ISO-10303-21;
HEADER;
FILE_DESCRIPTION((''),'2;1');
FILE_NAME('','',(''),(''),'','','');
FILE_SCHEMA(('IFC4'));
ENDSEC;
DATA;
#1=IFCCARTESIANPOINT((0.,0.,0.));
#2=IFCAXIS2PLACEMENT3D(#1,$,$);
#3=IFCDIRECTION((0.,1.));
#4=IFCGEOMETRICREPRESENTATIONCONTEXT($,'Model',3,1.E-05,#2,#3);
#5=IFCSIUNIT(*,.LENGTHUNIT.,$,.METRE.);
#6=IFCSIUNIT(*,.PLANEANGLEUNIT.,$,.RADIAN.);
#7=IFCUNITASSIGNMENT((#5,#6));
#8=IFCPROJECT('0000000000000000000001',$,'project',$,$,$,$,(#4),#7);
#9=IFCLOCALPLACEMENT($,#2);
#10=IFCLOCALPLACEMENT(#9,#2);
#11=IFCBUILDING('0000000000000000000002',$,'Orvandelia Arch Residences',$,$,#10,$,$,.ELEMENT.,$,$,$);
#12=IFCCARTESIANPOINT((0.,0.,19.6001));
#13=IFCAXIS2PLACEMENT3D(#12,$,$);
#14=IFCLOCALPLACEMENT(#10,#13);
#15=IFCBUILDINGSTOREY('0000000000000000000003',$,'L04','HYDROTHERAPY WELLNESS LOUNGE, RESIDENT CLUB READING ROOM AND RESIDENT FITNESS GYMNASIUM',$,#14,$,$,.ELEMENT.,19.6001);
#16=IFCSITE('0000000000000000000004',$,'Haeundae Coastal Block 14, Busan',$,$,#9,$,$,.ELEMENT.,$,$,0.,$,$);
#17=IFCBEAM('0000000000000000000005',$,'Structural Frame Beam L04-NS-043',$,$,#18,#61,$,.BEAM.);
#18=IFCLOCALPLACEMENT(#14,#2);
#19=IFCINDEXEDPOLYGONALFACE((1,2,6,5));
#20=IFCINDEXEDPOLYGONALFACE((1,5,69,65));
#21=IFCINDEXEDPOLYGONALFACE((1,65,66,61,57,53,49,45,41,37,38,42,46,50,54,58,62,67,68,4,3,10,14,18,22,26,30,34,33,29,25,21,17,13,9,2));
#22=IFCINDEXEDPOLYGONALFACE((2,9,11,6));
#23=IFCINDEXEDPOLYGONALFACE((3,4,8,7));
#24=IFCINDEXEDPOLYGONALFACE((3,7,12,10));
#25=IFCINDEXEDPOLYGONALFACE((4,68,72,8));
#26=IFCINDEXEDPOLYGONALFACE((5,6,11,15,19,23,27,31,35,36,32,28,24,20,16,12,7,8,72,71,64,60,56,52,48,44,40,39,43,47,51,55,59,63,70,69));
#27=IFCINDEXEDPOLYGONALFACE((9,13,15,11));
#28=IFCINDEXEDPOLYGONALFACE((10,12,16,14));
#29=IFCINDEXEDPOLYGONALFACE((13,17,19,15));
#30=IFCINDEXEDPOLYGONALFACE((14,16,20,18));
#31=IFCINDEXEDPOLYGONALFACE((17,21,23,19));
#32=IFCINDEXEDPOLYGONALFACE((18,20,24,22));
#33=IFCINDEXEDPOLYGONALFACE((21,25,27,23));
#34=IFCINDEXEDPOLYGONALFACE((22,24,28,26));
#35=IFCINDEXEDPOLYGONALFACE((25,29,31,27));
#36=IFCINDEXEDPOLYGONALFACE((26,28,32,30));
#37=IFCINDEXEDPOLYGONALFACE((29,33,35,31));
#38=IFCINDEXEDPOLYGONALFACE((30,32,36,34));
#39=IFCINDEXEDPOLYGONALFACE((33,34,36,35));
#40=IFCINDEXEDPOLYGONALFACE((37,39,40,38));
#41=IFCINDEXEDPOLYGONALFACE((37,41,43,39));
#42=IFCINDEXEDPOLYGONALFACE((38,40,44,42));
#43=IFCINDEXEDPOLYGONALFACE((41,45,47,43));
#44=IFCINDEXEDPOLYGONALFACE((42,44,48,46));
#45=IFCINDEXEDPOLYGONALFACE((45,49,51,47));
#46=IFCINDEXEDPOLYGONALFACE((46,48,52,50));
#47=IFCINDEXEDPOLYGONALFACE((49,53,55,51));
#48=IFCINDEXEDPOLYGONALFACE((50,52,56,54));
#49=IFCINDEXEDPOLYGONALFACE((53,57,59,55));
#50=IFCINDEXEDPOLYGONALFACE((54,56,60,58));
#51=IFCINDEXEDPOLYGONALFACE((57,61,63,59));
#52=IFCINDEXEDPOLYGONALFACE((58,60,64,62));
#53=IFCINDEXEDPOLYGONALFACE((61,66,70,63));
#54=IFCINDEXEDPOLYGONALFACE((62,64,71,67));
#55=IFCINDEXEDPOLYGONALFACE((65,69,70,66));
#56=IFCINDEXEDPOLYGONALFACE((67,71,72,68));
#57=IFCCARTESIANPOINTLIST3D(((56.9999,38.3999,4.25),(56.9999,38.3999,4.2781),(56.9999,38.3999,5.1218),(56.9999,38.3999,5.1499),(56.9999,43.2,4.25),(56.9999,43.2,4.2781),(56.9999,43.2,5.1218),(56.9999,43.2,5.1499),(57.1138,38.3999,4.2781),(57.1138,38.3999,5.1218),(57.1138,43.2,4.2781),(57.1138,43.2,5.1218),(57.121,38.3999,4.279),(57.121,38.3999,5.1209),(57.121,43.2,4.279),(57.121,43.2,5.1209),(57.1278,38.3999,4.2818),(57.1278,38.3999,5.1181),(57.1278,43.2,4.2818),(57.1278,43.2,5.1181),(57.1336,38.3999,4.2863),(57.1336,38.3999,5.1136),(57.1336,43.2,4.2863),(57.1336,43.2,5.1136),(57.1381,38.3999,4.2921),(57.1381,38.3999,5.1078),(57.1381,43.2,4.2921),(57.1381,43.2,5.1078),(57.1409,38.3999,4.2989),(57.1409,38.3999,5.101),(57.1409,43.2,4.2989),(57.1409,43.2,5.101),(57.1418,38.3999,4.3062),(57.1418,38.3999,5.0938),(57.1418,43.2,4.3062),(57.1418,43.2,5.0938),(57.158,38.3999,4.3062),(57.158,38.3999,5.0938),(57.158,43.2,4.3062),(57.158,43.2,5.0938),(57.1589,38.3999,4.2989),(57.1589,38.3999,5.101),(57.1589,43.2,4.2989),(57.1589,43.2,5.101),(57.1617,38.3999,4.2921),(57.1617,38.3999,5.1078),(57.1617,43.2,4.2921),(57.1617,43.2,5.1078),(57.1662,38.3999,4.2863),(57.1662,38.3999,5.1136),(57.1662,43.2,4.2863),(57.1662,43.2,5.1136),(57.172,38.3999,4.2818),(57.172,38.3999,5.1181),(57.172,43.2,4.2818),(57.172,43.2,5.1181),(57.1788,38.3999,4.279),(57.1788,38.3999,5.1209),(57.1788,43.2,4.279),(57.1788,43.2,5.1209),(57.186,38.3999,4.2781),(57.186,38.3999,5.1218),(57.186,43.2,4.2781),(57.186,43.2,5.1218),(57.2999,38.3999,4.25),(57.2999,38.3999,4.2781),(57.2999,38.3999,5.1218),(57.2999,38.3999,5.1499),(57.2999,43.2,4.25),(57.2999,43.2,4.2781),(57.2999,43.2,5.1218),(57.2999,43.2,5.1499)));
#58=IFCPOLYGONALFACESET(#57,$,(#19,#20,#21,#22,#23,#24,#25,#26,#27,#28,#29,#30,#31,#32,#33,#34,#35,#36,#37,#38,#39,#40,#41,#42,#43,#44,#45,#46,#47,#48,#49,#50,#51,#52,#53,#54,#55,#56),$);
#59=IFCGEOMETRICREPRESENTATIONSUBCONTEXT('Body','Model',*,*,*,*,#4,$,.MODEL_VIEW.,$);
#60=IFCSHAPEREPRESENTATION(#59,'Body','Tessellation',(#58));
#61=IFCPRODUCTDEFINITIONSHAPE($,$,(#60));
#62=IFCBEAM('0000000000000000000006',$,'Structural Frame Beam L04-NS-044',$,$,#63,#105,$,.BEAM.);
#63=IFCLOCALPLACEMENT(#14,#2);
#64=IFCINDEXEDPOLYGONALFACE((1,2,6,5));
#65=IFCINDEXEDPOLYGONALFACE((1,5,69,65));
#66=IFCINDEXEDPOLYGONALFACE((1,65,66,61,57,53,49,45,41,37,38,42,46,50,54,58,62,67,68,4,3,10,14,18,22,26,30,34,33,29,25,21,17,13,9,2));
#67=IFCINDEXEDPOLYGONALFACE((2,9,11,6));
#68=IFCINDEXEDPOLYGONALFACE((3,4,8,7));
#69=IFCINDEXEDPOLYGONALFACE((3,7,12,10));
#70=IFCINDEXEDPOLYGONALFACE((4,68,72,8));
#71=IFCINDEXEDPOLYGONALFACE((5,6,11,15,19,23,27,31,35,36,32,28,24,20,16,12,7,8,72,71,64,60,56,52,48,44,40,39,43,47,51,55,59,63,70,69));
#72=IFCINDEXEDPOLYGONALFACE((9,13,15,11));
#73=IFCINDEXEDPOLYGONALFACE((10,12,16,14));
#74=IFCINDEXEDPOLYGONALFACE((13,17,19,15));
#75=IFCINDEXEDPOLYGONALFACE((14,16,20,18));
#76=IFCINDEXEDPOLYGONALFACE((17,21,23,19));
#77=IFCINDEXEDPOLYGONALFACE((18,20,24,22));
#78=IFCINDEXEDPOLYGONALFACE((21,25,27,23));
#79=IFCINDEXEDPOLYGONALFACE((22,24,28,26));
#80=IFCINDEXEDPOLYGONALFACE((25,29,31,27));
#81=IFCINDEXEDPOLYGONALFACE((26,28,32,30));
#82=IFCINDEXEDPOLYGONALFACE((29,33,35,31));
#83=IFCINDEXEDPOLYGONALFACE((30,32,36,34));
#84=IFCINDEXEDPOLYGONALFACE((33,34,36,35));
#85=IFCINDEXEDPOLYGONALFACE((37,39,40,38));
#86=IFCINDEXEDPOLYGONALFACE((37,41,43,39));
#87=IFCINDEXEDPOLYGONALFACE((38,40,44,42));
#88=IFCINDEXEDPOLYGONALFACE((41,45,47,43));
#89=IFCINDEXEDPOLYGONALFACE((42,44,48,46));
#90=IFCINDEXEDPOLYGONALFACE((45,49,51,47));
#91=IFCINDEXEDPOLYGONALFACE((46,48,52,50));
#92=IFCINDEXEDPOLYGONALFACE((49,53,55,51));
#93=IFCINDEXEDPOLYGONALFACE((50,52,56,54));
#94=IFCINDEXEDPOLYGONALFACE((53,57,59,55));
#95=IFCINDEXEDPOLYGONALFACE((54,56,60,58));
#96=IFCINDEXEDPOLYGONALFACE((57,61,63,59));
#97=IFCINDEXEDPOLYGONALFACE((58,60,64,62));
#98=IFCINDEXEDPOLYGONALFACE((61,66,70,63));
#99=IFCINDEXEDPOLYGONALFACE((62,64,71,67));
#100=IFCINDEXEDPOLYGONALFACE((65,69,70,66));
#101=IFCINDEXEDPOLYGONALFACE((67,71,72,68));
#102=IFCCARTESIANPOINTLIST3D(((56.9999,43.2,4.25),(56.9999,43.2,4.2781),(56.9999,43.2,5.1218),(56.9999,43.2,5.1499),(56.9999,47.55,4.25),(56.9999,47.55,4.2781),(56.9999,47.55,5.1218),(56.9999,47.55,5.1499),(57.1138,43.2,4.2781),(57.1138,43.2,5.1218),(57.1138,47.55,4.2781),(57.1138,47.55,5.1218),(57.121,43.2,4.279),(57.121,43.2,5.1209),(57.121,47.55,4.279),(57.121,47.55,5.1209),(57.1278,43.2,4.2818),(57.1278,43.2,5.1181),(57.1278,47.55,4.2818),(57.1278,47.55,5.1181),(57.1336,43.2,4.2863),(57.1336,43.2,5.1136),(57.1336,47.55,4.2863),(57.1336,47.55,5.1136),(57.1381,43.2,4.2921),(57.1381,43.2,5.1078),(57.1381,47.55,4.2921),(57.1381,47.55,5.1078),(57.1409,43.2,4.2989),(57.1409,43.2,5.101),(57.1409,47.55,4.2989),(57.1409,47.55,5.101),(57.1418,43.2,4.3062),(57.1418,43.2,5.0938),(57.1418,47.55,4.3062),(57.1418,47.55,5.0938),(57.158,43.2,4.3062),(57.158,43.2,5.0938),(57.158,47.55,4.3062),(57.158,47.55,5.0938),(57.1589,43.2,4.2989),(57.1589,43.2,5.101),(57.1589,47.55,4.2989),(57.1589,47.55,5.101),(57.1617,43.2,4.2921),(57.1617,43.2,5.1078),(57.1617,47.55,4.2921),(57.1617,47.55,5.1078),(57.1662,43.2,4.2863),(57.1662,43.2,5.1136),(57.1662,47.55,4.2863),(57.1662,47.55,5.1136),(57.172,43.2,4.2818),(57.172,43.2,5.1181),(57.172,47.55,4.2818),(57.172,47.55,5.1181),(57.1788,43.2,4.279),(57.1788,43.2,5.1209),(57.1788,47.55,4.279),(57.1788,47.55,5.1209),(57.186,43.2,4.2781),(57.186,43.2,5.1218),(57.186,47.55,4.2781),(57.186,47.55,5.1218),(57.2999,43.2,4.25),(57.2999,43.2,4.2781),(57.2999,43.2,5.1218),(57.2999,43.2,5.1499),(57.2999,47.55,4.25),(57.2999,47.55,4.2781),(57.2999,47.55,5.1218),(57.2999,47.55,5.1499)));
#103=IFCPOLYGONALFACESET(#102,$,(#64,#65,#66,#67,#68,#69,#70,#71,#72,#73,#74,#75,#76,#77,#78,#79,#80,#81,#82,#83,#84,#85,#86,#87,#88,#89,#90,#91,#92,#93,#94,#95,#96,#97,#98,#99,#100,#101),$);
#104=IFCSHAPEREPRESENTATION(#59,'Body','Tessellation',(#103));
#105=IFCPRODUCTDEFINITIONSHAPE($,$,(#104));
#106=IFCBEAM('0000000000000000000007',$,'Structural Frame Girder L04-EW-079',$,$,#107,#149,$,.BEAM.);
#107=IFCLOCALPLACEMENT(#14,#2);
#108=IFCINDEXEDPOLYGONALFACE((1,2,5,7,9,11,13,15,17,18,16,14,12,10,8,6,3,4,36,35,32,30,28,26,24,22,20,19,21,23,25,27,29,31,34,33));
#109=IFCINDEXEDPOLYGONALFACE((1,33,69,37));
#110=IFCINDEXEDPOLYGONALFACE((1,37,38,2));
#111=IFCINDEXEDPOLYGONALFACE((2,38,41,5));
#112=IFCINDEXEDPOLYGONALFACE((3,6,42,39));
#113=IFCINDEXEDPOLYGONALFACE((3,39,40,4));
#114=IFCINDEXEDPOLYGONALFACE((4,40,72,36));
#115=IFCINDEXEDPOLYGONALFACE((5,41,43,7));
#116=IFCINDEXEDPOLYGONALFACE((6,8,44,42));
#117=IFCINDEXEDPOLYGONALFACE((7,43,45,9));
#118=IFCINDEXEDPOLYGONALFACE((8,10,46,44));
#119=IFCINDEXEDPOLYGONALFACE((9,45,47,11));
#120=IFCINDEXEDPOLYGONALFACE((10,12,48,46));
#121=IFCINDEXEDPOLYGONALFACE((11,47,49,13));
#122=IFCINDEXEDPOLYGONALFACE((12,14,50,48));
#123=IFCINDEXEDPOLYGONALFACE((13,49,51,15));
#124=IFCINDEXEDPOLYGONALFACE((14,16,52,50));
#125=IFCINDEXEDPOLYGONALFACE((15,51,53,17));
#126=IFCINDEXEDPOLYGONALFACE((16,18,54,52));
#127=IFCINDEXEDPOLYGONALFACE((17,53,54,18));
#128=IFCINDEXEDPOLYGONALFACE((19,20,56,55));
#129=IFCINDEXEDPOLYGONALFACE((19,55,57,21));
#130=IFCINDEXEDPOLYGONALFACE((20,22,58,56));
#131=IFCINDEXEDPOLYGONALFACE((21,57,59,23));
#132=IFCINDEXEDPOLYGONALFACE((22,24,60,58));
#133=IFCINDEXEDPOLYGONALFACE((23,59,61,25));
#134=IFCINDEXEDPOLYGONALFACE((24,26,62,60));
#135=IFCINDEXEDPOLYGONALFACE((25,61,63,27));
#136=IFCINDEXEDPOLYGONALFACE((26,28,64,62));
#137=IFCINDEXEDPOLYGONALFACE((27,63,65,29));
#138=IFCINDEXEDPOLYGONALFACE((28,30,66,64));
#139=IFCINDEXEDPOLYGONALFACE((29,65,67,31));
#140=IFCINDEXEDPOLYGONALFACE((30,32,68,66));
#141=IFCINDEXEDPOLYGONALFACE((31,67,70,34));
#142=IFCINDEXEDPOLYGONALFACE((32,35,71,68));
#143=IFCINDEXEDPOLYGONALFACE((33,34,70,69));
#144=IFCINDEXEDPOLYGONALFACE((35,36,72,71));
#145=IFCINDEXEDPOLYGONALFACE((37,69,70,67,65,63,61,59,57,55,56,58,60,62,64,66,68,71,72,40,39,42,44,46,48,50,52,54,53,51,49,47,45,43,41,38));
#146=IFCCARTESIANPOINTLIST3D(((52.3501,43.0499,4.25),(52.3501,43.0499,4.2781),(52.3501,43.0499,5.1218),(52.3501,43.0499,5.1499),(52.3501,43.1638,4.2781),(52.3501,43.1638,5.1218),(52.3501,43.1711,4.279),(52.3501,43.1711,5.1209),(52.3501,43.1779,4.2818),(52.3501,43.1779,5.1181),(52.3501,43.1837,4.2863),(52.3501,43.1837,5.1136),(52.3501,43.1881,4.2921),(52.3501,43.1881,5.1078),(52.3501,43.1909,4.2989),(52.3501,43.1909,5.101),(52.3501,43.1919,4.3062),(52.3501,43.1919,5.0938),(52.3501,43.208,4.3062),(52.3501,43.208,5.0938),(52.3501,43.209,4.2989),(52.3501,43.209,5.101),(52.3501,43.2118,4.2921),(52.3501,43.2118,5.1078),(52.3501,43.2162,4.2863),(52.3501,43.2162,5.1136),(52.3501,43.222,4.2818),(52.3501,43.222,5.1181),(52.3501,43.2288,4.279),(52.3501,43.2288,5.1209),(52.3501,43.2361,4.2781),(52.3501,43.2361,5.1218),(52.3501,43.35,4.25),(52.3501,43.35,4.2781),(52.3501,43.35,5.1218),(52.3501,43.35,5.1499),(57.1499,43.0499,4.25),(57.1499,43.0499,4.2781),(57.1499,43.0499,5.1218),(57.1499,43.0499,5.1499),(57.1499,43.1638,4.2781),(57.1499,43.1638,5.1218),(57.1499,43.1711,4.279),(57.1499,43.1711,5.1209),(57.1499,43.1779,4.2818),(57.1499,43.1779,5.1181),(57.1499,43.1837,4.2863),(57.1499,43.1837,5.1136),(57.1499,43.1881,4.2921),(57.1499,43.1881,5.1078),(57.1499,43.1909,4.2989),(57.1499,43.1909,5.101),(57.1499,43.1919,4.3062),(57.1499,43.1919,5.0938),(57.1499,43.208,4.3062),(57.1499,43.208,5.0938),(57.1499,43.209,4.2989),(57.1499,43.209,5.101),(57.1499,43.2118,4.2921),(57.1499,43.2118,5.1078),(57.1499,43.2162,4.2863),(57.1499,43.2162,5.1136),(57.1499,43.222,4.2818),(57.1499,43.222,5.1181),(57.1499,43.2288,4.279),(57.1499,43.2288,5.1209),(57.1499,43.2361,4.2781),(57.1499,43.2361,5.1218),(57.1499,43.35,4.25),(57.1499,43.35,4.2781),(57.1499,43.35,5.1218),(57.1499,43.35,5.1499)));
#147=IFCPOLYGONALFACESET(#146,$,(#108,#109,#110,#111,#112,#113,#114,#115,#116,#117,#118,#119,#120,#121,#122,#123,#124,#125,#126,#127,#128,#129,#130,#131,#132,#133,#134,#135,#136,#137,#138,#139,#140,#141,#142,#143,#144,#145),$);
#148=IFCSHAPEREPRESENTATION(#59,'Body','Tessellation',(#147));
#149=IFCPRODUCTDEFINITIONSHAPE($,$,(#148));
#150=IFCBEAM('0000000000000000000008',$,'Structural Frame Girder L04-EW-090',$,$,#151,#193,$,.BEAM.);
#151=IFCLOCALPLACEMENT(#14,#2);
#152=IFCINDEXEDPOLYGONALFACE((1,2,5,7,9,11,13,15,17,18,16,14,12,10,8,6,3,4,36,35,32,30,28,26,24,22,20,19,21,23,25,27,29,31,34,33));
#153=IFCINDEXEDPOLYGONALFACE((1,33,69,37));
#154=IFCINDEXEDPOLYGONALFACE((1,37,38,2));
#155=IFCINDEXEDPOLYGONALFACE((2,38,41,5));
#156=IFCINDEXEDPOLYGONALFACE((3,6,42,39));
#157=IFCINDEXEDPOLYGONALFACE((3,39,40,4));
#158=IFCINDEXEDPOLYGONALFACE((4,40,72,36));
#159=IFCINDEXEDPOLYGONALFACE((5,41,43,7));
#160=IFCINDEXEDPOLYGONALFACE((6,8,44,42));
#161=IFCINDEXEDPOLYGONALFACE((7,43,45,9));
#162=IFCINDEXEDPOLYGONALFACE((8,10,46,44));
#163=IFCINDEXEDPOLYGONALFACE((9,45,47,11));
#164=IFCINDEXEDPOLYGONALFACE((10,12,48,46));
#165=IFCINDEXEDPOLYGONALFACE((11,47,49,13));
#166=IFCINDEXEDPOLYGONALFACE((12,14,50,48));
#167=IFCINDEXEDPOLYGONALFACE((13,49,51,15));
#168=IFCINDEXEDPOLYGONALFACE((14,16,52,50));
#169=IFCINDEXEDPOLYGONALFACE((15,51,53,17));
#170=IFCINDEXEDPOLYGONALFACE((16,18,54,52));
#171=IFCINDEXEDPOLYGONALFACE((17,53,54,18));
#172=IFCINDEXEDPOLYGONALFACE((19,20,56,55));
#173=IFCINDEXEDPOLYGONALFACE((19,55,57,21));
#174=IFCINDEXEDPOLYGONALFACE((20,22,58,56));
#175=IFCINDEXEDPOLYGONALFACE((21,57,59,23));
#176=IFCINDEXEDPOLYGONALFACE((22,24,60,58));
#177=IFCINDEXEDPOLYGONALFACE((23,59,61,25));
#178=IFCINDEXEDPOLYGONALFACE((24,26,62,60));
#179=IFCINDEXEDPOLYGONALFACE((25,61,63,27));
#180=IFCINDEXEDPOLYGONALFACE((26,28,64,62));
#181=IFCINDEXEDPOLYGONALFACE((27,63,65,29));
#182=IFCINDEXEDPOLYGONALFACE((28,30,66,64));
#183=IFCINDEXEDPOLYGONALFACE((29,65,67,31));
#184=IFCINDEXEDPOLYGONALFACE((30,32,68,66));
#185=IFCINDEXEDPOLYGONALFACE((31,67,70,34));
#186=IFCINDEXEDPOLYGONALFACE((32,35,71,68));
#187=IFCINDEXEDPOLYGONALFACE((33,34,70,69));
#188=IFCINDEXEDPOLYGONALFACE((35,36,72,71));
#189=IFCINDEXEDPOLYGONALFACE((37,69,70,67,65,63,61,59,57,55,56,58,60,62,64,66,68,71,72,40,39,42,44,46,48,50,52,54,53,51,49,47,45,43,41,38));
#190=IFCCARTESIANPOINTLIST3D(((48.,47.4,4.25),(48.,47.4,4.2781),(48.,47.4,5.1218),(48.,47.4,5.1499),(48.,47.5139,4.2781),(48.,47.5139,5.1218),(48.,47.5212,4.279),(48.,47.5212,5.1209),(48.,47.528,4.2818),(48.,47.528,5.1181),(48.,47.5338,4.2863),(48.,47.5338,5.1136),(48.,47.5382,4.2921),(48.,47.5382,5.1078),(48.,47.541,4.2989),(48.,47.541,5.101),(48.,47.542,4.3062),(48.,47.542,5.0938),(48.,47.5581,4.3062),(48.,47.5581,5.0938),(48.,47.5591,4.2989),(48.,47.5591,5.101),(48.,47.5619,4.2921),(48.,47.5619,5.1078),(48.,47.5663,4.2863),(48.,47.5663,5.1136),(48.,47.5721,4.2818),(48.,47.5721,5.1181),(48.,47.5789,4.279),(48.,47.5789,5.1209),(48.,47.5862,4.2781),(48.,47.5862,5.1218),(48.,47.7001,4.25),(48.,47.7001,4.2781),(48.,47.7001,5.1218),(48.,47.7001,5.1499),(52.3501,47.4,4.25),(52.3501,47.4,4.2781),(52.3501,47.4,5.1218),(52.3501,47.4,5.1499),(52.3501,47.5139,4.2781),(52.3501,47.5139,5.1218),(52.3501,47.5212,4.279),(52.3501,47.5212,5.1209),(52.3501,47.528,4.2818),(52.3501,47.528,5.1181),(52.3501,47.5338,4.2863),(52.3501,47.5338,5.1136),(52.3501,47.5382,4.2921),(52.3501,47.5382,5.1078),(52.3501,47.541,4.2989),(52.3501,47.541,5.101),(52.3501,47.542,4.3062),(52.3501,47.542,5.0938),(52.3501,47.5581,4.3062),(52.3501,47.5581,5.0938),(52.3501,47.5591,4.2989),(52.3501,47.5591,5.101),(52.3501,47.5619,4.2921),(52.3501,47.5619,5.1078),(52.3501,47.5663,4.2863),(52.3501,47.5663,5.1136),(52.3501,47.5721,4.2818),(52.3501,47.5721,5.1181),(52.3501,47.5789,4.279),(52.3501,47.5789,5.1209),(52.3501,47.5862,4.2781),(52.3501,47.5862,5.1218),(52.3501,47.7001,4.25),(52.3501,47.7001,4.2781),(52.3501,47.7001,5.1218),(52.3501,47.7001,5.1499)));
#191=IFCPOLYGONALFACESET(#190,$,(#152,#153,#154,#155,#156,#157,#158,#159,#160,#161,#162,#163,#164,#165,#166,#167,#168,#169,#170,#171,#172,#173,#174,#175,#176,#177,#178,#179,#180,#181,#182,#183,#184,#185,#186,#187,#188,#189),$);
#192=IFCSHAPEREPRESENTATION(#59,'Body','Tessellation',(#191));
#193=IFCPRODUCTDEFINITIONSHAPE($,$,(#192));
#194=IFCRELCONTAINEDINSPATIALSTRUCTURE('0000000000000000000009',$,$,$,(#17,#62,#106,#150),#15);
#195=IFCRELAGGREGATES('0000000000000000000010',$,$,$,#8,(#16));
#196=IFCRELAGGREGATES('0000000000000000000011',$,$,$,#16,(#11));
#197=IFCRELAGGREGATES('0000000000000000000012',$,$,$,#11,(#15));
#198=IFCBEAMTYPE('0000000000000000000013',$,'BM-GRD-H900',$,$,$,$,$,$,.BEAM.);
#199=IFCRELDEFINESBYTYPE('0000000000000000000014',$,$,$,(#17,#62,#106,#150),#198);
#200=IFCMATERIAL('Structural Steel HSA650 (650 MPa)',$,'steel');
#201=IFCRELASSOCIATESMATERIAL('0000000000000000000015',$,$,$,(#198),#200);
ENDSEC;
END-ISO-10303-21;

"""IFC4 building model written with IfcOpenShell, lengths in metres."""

from ifc_helpers import new_model, si_unit, direction, frame, origin, origin_2d, place, context, subcontext, project, spatial, i_section, extrude, material, material_profile, profile_set, type_object, element, save


model = new_model("IFC4")

# Units and contexts
model_context = context("Model", 3, precision=1e-05, world=origin(), true_north=direction((0.0, 1.0)))
body_context = subcontext(model_context, "Body", "Model", "MODEL_VIEW")
ifc_project = project(units=[si_unit("LENGTHUNIT", "METRE"), si_unit("PLANEANGLEUNIT", "RADIAN")], contexts=[model_context])

# Site, building, storey
site_placement = place(None, origin())
site = spatial("IfcSite", under=ifc_project, at=site_placement, Name="Haeundae Coastal Block 14, Busan", CompositionType="ELEMENT", RefElevation=0.0)
building_placement = place(site_placement, origin())
building = spatial("IfcBuilding", under=site, at=building_placement, Name="Orvandelia Arch Residences", CompositionType="ELEMENT")
storey_placement = place(building_placement, frame((0.0, 0.0, 19.6001)))
storey = spatial("IfcBuildingStorey", under=building, at=storey_placement, Name="L04", Description="HYDROTHERAPY WELLNESS LOUNGE, RESIDENT CLUB READING ROOM AND RESIDENT FITNESS GYMNASIUM", CompositionType="ELEMENT", Elevation=19.6001)

# Beams
ifc_material_1 = material(Name="Structural Steel HSA650 (650 MPa)", Category="steel")
ifc_material_profile_1 = material_profile(ifc_material_1, i_section(OverallWidth=0.3, OverallDepth=0.8999, WebThickness=0.0161, FlangeThickness=0.0281, FilletRadius=0.0281, at=origin_2d()), Name="Structural Steel HSA650 (650 MPa)", Category="steel")
ifc_profile_set_1 = profile_set([ifc_material_profile_1], Name="Structural Steel HSA650 (650 MPa)")
beam_type = type_object("IfcBeamType", Name="BM-GRD-H900", PredefinedType="BEAM", material=ifc_profile_set_1)
beam_1_placement = place(storey_placement, frame((57.1499, 38.3999, 4.7), z_axis=(0.0, 1.0, 0.0), x_axis=(-1.0, 0.0, 0.0)))
element("IfcBeam", 1, at=beam_1_placement, inside=storey, type_object=beam_type, Name="Structural Frame Beam L04-NS-043", PredefinedType="BEAM", context=body_context, shape_type="SweptSolid", body=[
    extrude(i_section(OverallWidth=0.3, OverallDepth=0.8999, WebThickness=0.0161, FlangeThickness=0.0281, FilletRadius=0.0281, at=origin_2d()), origin(), (0.0, 0.0, 1.0), 4.8),
])
beam_2_placement = place(storey_placement, frame((57.1499, 43.2, 4.7), z_axis=(0.0, 1.0, 0.0), x_axis=(-1.0, 0.0, 0.0)))
element("IfcBeam", 2, at=beam_2_placement, inside=storey, type_object=beam_type, Name="Structural Frame Beam L04-NS-044", PredefinedType="BEAM", context=body_context, shape_type="SweptSolid", body=[
    extrude(i_section(OverallWidth=0.3, OverallDepth=0.8999, WebThickness=0.0161, FlangeThickness=0.0281, FilletRadius=0.0281, at=origin_2d()), origin(), (0.0, 0.0, 1.0), 4.3501),
])
beam_3_placement = place(storey_placement, frame((52.3501, 43.2, 4.7), z_axis=(1.0, 0.0, 0.0), x_axis=(0.0, 1.0, 0.0)))
element("IfcBeam", 3, at=beam_3_placement, inside=storey, type_object=beam_type, Name="Structural Frame Girder L04-EW-079", PredefinedType="BEAM", context=body_context, shape_type="SweptSolid", body=[
    extrude(i_section(OverallWidth=0.3, OverallDepth=0.8999, WebThickness=0.0161, FlangeThickness=0.0281, FilletRadius=0.0281, at=origin_2d()), origin(), (0.0, 0.0, 1.0), 4.7998),
])
beam_4_placement = place(storey_placement, frame((48.0, 47.55, 4.7), z_axis=(1.0, 0.0, 0.0), x_axis=(0.0, 1.0, 0.0)))
element("IfcBeam", 4, at=beam_4_placement, inside=storey, type_object=beam_type, Name="Structural Frame Girder L04-EW-090", PredefinedType="BEAM", context=body_context, shape_type="SweptSolid", body=[
    extrude(i_section(OverallWidth=0.3, OverallDepth=0.8999, WebThickness=0.0161, FlangeThickness=0.0281, FilletRadius=0.0281, at=origin_2d()), origin(), (0.0, 0.0, 1.0), 4.3501),
])

save(model, "model.ifc")
